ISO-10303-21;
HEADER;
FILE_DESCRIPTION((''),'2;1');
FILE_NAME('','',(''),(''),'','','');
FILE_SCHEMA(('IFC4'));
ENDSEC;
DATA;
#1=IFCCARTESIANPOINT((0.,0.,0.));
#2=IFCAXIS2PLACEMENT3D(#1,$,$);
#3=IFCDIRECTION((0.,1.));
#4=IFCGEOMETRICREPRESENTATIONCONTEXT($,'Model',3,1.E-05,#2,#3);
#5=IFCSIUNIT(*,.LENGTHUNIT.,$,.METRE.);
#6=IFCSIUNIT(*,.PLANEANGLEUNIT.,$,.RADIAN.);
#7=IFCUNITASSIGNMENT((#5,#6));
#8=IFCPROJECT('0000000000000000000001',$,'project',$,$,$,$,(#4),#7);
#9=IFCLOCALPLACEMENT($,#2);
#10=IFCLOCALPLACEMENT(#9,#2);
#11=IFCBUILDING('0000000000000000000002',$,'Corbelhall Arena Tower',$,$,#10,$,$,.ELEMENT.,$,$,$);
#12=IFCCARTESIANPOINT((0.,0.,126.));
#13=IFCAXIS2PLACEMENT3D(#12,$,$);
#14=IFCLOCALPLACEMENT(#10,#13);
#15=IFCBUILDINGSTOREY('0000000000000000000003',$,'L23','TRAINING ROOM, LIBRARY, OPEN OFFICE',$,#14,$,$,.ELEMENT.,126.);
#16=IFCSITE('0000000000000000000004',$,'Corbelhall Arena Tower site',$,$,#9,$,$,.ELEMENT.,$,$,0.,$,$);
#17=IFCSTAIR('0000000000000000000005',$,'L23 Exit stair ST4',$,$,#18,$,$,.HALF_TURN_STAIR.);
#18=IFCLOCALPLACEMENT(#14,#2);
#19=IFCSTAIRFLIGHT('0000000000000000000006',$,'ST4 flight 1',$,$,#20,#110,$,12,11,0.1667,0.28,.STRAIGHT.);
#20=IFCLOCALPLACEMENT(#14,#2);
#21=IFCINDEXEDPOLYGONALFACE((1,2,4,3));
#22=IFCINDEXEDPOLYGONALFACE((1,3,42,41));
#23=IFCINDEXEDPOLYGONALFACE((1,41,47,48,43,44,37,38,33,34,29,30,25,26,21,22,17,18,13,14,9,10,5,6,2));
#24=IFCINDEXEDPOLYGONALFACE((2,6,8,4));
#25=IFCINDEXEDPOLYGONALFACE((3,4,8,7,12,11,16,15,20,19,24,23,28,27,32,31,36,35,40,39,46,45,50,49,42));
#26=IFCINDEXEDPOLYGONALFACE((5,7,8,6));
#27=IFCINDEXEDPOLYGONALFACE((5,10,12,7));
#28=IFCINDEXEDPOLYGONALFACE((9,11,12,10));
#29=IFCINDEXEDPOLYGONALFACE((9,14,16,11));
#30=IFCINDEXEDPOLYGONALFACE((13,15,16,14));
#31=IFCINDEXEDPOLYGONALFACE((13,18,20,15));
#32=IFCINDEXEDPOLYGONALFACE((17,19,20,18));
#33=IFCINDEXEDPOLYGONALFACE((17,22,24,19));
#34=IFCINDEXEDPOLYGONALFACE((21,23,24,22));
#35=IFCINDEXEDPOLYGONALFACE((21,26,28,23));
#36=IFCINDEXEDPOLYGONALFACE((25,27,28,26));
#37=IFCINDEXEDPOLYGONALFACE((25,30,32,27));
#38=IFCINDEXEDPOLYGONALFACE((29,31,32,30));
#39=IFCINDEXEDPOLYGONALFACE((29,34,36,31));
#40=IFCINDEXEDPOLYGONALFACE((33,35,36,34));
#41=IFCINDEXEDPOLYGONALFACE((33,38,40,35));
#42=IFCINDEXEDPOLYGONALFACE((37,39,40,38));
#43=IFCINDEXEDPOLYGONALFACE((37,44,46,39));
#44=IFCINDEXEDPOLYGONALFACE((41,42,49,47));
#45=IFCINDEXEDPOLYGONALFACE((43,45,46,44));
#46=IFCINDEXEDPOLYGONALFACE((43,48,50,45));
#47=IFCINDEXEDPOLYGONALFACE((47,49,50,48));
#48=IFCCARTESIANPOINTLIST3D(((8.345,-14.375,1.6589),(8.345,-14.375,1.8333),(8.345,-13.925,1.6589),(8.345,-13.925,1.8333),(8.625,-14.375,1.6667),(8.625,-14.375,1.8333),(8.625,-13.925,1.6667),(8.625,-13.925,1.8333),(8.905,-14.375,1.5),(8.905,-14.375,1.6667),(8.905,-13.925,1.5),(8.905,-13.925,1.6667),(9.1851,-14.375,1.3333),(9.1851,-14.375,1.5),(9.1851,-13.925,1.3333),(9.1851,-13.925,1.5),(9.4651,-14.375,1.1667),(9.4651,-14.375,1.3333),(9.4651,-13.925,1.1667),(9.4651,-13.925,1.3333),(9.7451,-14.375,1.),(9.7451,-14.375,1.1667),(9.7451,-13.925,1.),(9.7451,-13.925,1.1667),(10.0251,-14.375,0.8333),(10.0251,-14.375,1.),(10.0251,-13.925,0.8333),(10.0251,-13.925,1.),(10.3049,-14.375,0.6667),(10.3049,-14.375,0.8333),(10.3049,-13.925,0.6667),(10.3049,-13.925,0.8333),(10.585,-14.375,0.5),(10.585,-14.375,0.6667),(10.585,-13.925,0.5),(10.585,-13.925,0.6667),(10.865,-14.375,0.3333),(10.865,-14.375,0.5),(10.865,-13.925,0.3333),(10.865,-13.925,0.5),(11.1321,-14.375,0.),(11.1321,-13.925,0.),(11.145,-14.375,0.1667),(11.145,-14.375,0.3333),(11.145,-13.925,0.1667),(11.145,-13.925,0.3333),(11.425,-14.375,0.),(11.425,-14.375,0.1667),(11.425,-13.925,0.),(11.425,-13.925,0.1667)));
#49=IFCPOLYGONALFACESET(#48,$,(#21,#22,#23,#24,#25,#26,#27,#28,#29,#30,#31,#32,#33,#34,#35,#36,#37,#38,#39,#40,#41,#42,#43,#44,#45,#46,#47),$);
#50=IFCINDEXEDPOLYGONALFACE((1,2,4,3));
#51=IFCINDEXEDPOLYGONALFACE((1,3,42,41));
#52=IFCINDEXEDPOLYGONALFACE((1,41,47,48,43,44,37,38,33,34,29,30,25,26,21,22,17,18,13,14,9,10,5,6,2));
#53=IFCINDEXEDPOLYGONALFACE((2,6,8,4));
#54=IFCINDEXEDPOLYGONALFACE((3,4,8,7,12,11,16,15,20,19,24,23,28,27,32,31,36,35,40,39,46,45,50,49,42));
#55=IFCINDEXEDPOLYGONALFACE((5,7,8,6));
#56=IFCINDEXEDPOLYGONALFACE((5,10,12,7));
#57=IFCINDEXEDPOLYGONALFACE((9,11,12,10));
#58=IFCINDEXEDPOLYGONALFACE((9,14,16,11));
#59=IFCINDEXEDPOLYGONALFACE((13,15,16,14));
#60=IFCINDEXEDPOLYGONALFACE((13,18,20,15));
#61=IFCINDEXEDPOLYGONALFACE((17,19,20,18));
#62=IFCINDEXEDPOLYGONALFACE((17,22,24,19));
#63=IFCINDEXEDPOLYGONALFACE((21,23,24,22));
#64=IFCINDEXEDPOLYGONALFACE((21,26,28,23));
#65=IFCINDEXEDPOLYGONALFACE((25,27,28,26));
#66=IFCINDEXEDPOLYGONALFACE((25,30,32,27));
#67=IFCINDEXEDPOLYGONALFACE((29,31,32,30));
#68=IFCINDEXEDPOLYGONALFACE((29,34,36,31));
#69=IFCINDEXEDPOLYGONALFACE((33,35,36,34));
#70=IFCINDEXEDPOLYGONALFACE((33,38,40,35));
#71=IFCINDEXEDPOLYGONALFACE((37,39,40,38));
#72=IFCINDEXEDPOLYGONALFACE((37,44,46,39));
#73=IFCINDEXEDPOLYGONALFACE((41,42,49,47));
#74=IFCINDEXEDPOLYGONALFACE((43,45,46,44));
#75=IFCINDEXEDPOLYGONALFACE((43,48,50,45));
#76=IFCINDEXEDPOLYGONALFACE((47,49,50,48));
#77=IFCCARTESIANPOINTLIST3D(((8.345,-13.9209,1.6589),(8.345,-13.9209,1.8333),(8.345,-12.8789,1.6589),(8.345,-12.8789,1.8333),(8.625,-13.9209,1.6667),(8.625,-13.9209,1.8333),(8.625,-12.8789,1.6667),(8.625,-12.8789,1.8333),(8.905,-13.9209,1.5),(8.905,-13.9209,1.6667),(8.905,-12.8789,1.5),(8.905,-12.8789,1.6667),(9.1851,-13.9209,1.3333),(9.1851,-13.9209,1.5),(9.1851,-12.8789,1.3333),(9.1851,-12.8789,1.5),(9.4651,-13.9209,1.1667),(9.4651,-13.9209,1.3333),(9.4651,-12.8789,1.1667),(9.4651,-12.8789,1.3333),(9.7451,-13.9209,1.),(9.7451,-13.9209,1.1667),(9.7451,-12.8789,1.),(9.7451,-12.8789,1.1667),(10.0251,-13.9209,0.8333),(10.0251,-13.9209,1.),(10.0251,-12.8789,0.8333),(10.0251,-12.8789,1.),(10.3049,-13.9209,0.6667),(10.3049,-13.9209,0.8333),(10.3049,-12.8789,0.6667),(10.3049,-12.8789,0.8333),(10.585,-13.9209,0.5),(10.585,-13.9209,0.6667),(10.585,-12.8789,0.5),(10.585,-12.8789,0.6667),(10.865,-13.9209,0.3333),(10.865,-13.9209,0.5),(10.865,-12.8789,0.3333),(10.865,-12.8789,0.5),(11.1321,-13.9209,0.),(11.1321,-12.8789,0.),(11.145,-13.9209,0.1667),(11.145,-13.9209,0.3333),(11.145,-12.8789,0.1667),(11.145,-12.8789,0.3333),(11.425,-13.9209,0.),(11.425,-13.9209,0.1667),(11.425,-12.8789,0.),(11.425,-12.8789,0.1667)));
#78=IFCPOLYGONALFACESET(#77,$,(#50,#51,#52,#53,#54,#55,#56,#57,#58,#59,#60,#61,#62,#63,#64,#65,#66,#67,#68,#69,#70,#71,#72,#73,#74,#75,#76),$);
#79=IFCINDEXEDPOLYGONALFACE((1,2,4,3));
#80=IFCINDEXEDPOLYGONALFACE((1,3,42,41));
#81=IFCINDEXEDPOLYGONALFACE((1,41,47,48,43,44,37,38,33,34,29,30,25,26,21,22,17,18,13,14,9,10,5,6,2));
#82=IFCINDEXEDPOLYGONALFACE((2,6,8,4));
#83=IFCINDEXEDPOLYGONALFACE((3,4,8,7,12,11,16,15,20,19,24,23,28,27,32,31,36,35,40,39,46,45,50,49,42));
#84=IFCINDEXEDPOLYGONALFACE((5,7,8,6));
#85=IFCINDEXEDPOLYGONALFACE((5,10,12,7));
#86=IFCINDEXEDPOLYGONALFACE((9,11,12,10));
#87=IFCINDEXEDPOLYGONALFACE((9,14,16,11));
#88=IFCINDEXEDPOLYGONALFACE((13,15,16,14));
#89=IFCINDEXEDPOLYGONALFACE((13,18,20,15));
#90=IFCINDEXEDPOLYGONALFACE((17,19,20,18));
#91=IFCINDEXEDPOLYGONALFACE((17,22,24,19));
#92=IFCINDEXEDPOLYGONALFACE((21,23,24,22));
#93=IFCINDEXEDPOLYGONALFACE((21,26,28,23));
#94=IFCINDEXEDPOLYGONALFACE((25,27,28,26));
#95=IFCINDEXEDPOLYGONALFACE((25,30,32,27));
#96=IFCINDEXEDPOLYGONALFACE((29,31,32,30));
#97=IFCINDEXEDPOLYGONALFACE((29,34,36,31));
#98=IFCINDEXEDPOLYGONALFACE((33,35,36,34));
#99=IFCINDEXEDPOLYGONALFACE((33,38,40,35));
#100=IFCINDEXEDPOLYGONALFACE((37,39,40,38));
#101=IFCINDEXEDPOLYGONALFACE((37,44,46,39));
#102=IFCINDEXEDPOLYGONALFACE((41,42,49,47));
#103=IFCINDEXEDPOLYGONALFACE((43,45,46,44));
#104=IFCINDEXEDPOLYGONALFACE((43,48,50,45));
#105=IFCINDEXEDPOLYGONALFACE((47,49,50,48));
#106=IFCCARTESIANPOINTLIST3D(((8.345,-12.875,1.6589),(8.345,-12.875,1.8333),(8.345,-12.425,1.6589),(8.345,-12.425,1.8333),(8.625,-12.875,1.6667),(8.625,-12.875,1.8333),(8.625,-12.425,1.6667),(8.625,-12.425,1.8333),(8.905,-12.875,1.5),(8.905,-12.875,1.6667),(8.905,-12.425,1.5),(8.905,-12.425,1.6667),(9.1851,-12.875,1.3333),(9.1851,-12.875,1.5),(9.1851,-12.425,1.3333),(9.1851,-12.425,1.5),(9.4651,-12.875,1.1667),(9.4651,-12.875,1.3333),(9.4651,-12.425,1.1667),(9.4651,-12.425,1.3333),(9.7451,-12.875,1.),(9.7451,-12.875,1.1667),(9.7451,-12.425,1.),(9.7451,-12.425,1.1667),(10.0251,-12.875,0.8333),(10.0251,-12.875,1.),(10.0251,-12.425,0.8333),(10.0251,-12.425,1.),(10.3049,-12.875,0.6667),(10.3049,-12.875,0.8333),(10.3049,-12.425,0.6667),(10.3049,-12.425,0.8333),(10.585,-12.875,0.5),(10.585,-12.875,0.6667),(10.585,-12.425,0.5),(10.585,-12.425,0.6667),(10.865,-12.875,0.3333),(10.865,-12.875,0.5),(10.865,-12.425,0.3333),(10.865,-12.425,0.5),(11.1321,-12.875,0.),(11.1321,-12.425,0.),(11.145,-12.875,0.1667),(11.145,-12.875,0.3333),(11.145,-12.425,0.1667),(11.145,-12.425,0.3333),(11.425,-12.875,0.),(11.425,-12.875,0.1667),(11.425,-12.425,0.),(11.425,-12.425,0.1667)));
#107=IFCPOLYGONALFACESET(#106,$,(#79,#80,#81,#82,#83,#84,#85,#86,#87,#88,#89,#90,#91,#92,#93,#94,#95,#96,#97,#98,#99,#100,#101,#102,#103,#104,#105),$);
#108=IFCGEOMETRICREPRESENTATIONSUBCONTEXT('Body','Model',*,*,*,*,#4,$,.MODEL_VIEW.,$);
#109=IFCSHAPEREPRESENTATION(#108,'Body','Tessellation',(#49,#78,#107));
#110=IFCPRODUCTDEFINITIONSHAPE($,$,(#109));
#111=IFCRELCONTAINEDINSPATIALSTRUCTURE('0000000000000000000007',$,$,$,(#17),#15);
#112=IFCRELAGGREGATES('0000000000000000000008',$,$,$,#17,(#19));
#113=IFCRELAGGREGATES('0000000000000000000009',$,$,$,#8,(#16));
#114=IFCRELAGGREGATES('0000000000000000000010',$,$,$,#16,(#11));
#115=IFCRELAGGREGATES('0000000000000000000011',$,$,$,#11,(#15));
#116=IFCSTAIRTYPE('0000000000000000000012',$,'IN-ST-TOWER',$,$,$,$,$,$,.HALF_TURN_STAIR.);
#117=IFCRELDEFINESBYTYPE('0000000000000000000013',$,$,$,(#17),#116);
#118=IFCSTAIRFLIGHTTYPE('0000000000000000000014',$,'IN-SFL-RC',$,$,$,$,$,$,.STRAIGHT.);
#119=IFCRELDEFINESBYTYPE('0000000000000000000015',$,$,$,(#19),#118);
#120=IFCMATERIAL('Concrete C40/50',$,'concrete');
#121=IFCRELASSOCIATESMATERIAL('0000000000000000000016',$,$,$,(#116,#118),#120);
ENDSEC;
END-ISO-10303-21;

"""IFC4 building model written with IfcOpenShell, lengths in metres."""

from ifc_helpers import new_model, si_unit, direction, frame, origin, place, context, subcontext, project, spatial, polyline, outline, extrude, material, type_object, element, aggregate, save


model = new_model("IFC4")

# Units and contexts
model_context = context("Model", 3, precision=1e-05, world=origin(), true_north=direction((0.0, 1.0)))
body_context = subcontext(model_context, "Body", "Model", "MODEL_VIEW")
ifc_project = project(units=[si_unit("LENGTHUNIT", "METRE"), si_unit("PLANEANGLEUNIT", "RADIAN")], contexts=[model_context])

# Site, building, storey
site_placement = place(None, origin())
site = spatial("IfcSite", under=ifc_project, at=site_placement, Name="Corbelhall Arena Tower site", CompositionType="ELEMENT", RefElevation=0.0)
building_placement = place(site_placement, origin())
building = spatial("IfcBuilding", under=site, at=building_placement, Name="Corbelhall Arena Tower", CompositionType="ELEMENT")
storey_placement = place(building_placement, frame((0.0, 0.0, 126.0)))
storey = spatial("IfcBuildingStorey", under=building, at=storey_placement, Name="L23", Description="TRAINING ROOM, LIBRARY, OPEN OFFICE", CompositionType="ELEMENT", Elevation=126.0)

# Shared definitions
ifc_material_1 = material(Name="Concrete C40/50", Category="concrete")

# Stair, stair flight
stair_type = type_object("IfcStairType", Name="IN-ST-TOWER", PredefinedType="HALF_TURN_STAIR", material=ifc_material_1)
stair_placement = place(storey_placement, origin())
stair = element("IfcStair", 1, at=stair_placement, inside=storey, type_object=stair_type, Name="L23 Exit stair ST4", PredefinedType="HALF_TURN_STAIR")
stair_flight_type = type_object("IfcStairFlightType", Name="IN-SFL-RC", PredefinedType="STRAIGHT", material=ifc_material_1)
stair_flight_placement = place(storey_placement, frame((11.425, -13.3999, 0.0), z_axis=(0.0, 0.0, 1.0), x_axis=(-1.0, 0.0, 0.0)))
stair_flight = element("IfcStairFlight", 2, at=stair_flight_placement, type_object=stair_flight_type, Name="ST4 flight 1", NumberOfRisers=12, NumberOfTreads=11, PredefinedType="STRAIGHT", RiserHeight=0.1667, TreadLength=0.28, context=body_context, shape_type="SweptSolid", body=[
    extrude(outline(polyline([(0.0, 0.0), (0.0, 0.1667), (0.28, 0.1667), (0.28, 0.3333), (0.5601, 0.3333), (0.5601, 0.5), (0.8401, 0.5), (0.8401, 0.6667), (1.1201, 0.6667), (1.1201, 0.8333), (1.3999, 0.8333), (1.3999, 1.0), (1.6799, 1.0), (1.6799, 1.1667), (1.96, 1.1667), (1.96, 1.3333), (2.24, 1.3333), (2.24, 1.5), (2.52, 1.5), (2.52, 1.6667), (2.8, 1.6667), (2.8, 1.8333), (3.0801, 1.8333), (3.0801, 2.0), (3.0801, 1.6589), (0.293, 0.0), (0.0, 0.0)])), frame((0.0, 0.9751, 0.0), z_axis=(0.0, -1.0, 0.0), x_axis=(1.0, 0.0, 0.0)), (0.0, 0.0, 1.0), 0.45),
    extrude(outline(polyline([(0.0, 0.0), (0.0, 0.1667), (0.28, 0.1667), (0.28, 0.3333), (0.5601, 0.3333), (0.5601, 0.5), (0.8401, 0.5), (0.8401, 0.6667), (1.1201, 0.6667), (1.1201, 0.8333), (1.3999, 0.8333), (1.3999, 1.0), (1.6799, 1.0), (1.6799, 1.1667), (1.96, 1.1667), (1.96, 1.3333), (2.24, 1.3333), (2.24, 1.5), (2.52, 1.5), (2.52, 1.6667), (2.8, 1.6667), (2.8, 1.8333), (3.0801, 1.8333), (3.0801, 2.0), (3.0801, 1.6589), (0.293, 0.0), (0.0, 0.0)])), frame((0.0, 0.521, 0.0), z_axis=(0.0, -1.0, 0.0), x_axis=(1.0, 0.0, 0.0)), (0.0, 0.0, 1.0), 1.042),
    extrude(outline(polyline([(0.0, 0.0), (0.0, 0.1667), (0.28, 0.1667), (0.28, 0.3333), (0.5601, 0.3333), (0.5601, 0.5), (0.8401, 0.5), (0.8401, 0.6667), (1.1201, 0.6667), (1.1201, 0.8333), (1.3999, 0.8333), (1.3999, 1.0), (1.6799, 1.0), (1.6799, 1.1667), (1.96, 1.1667), (1.96, 1.3333), (2.24, 1.3333), (2.24, 1.5), (2.52, 1.5), (2.52, 1.6667), (2.8, 1.6667), (2.8, 1.8333), (3.0801, 1.8333), (3.0801, 2.0), (3.0801, 1.6589), (0.293, 0.0), (0.0, 0.0)])), frame((0.0, -0.5249, 0.0), z_axis=(0.0, -1.0, 0.0), x_axis=(1.0, 0.0, 0.0)), (0.0, 0.0, 1.0), 0.45),
])
aggregate(stair, [stair_flight])

save(model, "model.ifc")
